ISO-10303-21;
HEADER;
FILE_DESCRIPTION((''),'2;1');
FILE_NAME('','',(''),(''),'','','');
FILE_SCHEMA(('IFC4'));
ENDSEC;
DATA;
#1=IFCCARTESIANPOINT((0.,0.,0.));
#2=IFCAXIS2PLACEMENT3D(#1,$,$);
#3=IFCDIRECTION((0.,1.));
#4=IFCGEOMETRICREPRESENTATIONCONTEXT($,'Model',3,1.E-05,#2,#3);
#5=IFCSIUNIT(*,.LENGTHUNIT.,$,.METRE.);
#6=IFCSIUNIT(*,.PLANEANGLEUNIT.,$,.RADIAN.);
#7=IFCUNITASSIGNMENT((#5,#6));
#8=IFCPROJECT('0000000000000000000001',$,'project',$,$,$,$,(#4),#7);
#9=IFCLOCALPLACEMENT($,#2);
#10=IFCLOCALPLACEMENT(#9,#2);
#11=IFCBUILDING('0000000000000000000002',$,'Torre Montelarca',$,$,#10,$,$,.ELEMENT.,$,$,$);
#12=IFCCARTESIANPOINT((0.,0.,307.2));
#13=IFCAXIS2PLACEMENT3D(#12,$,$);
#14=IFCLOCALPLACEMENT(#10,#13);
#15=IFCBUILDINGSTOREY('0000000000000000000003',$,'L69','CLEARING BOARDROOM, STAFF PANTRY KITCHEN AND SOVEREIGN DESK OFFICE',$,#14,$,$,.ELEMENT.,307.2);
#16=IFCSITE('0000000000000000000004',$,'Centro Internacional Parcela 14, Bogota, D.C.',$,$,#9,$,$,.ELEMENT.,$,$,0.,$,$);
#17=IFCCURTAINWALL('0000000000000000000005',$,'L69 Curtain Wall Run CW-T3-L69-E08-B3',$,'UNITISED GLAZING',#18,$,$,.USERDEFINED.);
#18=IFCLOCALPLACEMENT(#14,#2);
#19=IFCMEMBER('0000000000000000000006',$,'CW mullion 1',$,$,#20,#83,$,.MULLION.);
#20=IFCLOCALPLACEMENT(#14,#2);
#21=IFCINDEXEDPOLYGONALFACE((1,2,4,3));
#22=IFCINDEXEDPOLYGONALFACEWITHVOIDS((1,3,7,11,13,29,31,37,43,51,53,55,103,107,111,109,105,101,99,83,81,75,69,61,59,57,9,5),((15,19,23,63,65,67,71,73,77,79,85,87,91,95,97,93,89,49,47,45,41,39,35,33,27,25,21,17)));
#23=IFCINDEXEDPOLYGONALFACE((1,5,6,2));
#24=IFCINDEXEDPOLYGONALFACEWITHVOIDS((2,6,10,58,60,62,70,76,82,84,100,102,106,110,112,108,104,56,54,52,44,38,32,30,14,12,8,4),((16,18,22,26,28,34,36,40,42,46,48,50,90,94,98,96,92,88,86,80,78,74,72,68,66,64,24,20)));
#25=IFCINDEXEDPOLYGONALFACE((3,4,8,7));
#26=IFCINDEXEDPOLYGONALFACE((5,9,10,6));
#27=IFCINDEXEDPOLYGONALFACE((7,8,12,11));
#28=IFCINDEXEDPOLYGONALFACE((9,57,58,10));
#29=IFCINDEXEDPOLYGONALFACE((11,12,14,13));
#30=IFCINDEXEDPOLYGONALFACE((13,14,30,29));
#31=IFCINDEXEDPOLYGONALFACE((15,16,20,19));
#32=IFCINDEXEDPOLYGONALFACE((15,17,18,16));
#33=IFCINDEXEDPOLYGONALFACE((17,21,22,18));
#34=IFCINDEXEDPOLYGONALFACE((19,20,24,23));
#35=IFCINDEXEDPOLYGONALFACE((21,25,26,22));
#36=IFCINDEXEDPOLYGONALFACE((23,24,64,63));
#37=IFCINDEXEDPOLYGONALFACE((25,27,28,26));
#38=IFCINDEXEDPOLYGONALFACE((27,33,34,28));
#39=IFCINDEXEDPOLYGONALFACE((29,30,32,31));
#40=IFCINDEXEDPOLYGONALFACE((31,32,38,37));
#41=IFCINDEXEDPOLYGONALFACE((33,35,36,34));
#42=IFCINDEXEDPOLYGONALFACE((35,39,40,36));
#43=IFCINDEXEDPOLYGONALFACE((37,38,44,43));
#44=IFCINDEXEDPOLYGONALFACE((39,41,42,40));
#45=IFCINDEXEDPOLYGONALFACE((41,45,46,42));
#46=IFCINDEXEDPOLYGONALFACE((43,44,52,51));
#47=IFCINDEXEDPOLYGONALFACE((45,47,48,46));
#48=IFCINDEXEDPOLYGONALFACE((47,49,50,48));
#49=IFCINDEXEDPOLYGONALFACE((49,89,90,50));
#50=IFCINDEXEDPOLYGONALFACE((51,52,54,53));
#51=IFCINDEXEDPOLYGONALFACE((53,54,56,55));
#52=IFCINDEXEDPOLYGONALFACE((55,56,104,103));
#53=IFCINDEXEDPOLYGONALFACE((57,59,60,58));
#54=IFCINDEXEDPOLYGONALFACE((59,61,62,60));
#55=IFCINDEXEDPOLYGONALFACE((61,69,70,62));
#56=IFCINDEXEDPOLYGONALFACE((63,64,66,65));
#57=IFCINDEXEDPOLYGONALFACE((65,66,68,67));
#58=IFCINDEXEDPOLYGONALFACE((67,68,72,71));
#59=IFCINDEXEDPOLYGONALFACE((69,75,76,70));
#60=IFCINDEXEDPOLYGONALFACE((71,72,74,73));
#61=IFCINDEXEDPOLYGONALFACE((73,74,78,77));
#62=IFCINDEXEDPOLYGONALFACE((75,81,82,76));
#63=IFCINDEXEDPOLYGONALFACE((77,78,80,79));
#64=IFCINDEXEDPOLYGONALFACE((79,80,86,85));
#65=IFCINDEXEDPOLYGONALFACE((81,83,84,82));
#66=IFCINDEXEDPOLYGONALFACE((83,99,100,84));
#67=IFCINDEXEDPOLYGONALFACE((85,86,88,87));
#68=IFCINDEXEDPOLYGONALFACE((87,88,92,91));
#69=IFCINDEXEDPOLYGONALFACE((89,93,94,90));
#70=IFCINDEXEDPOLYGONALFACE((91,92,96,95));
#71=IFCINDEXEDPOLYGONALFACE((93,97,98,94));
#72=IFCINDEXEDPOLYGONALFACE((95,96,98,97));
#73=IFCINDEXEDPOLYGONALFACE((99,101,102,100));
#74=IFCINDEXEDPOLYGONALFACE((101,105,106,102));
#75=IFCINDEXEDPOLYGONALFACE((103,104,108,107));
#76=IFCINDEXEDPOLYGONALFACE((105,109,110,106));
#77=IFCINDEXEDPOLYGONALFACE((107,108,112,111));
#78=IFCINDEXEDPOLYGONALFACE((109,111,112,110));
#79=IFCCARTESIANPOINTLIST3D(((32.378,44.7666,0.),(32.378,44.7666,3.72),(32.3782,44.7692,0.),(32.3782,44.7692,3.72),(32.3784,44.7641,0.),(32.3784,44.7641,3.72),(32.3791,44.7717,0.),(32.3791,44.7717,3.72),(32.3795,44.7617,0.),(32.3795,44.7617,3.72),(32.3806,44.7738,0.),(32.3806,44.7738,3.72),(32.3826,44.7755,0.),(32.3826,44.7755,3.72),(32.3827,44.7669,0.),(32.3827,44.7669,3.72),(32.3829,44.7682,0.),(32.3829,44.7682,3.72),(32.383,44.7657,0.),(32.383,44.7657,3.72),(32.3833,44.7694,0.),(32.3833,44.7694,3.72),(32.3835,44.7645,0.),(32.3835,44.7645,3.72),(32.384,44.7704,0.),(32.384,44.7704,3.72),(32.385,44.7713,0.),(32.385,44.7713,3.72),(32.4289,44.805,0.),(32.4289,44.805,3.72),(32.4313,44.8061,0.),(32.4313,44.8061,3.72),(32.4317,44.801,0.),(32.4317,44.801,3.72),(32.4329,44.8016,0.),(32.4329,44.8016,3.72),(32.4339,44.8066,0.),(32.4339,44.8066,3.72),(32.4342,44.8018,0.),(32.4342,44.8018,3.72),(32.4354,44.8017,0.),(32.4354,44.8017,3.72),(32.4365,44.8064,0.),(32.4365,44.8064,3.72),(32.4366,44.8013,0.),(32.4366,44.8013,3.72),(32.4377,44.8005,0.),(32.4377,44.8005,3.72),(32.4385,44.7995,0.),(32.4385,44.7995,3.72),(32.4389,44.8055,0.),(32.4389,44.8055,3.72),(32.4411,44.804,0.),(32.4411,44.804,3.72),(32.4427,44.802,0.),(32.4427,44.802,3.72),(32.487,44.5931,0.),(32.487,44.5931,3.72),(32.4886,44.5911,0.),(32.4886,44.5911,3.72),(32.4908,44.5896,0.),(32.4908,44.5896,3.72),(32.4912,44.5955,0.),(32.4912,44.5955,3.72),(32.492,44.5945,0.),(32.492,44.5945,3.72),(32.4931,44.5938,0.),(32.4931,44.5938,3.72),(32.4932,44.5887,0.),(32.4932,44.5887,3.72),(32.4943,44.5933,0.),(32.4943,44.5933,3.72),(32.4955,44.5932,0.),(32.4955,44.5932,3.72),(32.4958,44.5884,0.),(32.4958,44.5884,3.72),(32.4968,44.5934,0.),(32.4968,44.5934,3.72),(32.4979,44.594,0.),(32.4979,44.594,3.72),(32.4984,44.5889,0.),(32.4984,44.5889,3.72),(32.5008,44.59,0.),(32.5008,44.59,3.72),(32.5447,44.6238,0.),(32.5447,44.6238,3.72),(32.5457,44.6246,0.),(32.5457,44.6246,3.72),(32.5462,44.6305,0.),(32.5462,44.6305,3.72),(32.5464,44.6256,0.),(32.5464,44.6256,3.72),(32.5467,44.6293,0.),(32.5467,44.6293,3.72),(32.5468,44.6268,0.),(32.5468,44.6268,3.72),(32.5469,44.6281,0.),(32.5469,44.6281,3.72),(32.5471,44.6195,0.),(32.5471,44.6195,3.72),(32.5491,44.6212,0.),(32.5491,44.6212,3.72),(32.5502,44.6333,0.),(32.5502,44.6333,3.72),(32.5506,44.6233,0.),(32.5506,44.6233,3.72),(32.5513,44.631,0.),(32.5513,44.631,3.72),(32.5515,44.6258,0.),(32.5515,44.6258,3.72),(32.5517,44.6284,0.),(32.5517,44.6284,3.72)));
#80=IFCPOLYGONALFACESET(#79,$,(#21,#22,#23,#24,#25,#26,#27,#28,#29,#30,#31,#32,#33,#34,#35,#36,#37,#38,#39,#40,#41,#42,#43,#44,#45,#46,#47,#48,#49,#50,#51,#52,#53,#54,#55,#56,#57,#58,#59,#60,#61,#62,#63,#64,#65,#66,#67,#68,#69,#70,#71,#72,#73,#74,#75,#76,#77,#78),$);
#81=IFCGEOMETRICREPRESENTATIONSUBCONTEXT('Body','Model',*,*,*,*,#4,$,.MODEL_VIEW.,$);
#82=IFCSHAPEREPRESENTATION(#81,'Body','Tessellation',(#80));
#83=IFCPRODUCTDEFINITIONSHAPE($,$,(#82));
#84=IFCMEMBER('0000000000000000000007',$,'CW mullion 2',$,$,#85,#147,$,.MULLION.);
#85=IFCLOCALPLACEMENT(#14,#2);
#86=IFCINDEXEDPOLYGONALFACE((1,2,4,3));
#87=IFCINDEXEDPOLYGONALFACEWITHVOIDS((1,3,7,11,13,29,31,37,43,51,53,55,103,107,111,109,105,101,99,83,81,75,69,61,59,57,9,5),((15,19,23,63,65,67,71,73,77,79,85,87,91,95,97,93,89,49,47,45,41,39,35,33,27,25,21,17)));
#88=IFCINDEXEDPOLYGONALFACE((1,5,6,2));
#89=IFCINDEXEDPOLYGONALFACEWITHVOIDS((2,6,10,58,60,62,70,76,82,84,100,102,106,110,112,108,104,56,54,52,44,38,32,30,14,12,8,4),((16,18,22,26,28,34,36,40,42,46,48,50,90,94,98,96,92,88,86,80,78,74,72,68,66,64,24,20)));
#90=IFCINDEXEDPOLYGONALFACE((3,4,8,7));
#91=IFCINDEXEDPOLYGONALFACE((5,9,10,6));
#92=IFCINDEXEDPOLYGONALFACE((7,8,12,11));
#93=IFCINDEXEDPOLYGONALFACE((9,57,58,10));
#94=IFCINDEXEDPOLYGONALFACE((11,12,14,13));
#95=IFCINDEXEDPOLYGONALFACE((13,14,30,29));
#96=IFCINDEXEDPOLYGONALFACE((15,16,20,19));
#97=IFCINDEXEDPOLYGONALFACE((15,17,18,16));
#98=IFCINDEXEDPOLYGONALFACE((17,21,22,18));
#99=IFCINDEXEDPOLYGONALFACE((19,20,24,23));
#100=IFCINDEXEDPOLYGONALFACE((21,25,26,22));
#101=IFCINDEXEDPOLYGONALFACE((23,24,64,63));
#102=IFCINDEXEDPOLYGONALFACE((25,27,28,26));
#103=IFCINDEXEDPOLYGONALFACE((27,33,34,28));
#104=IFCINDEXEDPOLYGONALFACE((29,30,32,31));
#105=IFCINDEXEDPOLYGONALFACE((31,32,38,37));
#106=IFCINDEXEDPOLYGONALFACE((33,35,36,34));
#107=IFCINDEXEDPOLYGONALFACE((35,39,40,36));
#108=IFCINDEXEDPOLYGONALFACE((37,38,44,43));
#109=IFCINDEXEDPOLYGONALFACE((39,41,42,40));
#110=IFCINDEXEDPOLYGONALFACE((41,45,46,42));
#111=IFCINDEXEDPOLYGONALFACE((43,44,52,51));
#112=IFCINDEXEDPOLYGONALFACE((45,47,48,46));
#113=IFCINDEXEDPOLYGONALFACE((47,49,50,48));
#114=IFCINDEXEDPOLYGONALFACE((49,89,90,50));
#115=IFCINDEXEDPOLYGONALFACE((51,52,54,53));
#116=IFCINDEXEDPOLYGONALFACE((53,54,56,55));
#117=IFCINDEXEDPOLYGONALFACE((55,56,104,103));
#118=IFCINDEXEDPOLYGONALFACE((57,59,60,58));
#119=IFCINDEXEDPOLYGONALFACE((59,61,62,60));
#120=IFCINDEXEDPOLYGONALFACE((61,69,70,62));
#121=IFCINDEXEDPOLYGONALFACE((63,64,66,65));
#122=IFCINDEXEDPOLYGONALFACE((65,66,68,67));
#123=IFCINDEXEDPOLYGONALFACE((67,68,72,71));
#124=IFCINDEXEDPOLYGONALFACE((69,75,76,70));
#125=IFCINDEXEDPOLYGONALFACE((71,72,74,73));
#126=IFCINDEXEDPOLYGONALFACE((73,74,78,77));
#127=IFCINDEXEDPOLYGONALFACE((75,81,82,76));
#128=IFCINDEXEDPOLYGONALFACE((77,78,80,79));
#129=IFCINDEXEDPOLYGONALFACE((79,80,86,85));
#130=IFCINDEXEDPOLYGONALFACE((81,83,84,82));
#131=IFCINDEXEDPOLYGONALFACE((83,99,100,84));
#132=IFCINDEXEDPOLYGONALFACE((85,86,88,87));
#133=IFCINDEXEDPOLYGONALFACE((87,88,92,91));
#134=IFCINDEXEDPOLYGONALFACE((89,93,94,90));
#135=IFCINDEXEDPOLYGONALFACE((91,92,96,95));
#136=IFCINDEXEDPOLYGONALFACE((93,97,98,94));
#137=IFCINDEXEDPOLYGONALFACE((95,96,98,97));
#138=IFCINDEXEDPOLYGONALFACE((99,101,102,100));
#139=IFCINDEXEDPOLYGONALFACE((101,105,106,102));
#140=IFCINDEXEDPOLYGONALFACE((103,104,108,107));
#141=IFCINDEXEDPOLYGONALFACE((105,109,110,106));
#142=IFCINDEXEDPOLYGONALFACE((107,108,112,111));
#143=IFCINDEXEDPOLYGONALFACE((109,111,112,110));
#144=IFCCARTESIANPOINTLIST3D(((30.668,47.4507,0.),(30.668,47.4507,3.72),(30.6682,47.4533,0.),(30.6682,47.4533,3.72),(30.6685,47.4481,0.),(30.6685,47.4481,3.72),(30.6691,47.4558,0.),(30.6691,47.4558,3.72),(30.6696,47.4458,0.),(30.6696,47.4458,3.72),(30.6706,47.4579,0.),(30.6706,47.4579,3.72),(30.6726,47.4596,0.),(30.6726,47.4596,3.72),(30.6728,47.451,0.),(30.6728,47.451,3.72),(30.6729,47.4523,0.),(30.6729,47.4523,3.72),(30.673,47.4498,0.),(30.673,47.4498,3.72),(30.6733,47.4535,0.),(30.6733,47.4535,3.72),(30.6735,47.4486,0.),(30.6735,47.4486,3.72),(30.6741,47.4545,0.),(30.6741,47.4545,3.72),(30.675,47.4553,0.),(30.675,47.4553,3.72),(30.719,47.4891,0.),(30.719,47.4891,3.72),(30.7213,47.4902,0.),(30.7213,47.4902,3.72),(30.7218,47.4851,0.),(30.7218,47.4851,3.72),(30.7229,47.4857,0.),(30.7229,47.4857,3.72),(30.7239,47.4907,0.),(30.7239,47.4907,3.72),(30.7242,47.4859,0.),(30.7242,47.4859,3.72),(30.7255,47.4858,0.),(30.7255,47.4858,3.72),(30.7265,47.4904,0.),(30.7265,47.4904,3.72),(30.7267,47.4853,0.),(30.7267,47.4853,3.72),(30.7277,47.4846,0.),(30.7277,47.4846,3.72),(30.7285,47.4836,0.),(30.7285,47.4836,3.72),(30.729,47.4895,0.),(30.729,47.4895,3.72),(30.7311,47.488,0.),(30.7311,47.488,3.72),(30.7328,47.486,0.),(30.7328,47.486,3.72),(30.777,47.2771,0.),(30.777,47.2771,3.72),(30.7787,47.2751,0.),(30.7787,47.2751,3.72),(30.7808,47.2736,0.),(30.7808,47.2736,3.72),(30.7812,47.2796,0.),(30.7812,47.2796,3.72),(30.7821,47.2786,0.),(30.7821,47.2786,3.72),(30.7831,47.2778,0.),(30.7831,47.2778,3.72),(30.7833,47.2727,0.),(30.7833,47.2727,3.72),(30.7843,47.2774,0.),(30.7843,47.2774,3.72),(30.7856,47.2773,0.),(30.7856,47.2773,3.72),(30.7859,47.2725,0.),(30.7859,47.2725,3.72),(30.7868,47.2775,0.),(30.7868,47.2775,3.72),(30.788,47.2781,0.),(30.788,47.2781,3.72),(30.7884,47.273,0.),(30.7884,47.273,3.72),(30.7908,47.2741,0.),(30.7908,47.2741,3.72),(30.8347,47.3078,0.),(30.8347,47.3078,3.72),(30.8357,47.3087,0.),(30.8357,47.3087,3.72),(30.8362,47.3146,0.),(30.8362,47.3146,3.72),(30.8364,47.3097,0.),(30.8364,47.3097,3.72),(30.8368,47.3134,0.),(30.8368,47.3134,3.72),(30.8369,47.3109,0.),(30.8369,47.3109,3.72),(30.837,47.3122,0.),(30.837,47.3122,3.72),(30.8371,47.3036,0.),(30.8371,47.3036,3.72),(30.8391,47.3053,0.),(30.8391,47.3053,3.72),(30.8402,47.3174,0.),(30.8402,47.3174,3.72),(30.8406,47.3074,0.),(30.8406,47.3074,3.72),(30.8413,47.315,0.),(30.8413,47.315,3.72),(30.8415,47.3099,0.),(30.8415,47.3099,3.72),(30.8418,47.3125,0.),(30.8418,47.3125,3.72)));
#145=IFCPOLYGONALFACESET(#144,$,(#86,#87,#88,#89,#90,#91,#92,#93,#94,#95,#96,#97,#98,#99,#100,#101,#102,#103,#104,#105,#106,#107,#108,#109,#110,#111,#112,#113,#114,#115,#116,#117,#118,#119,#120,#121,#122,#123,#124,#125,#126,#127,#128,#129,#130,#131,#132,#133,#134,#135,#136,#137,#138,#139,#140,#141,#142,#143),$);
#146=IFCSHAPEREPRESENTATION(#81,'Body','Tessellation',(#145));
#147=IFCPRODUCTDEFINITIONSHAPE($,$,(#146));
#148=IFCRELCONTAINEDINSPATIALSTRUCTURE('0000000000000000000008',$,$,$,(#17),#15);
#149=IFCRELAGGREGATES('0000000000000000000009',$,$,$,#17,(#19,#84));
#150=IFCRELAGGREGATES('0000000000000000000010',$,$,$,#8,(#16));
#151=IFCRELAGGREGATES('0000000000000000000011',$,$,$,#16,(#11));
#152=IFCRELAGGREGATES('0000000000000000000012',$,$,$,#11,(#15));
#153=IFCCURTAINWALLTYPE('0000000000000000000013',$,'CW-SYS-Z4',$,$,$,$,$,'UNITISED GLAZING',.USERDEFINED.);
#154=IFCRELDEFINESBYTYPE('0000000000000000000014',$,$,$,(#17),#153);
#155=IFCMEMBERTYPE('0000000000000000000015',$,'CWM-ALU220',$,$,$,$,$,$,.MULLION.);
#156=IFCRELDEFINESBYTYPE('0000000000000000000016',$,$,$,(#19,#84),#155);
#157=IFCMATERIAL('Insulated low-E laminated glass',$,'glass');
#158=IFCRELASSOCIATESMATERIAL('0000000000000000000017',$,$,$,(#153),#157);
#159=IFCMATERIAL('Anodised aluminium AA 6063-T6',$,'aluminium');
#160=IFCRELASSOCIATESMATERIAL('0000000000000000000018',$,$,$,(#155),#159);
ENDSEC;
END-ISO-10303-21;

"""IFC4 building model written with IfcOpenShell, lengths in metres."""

from ifc_helpers import new_model, si_unit, direction, frame, origin, origin_2d, place, context, subcontext, project, spatial, hollow_rectangle, extrude, source, transform, mapped, material, material_profile, profile_set, type_object, element, aggregate, save


model = new_model("IFC4")

# Units and contexts
model_context = context("Model", 3, precision=1e-05, world=origin(), true_north=direction((0.0, 1.0)))
body_context = subcontext(model_context, "Body", "Model", "MODEL_VIEW")
ifc_project = project(units=[si_unit("LENGTHUNIT", "METRE"), si_unit("PLANEANGLEUNIT", "RADIAN")], contexts=[model_context])

# Site, building, storey
site_placement = place(None, origin())
site = spatial("IfcSite", under=ifc_project, at=site_placement, Name="Centro Internacional Parcela 14, Bogota, D.C.", CompositionType="ELEMENT", RefElevation=0.0)
building_placement = place(site_placement, origin())
building = spatial("IfcBuilding", under=site, at=building_placement, Name="Torre Montelarca", CompositionType="ELEMENT")
storey_placement = place(building_placement, frame((0.0, 0.0, 307.2)))
storey = spatial("IfcBuildingStorey", under=building, at=storey_placement, Name="L69", Description="CLEARING BOARDROOM, STAFF PANTRY KITCHEN AND SOVEREIGN DESK OFFICE", CompositionType="ELEMENT", Elevation=307.2)

# Shared definitions
ifc_material_1 = material(Name="Insulated low-E laminated glass", Category="glass")
curtain_wall_type = type_object("IfcCurtainWallType", Name="CW-SYS-Z4", ElementType="UNITISED GLAZING", PredefinedType="USERDEFINED", material=ifc_material_1)
ifc_material_2 = material(Name="Anodised aluminium AA 6063-T6", Category="aluminium")
ifc_material_profile_1 = material_profile(ifc_material_2, hollow_rectangle(XDim=0.075, YDim=0.22, WallThickness=0.0049, InnerFilletRadius=0.0049, OuterFilletRadius=0.01, at=origin_2d()), Name="ALU75X220X5", Category="aluminium")
ifc_profile_set_1 = profile_set([ifc_material_profile_1], Name="Anodised aluminium AA 6063-T6")
member_type_1 = type_object("IfcMemberType", Name="CWM-ALU220", PredefinedType="MULLION", material=ifc_profile_set_1)
shared_shape_1 = source(origin(), body_context, "Body", "SweptSolid", [
    extrude(hollow_rectangle(XDim=0.075, YDim=0.22, WallThickness=0.0049, InnerFilletRadius=0.0049, OuterFilletRadius=0.01, at=origin_2d()), origin(), (0.0, 0.0, 1.0), 3.72),
])

# Curtain wall, members
curtain_wall_1_placement = place(storey_placement, origin())
curtain_wall_1 = element("IfcCurtainWall", 1, at=curtain_wall_1_placement, inside=storey, type_object=curtain_wall_type, Name="L69 Curtain Wall Run CW-T3-L69-E08-B3", ObjectType="UNITISED GLAZING", PredefinedType="USERDEFINED")
member_1_placement = place(storey_placement, frame((32.4648, 44.6975, 0.0), z_axis=(0.0, 0.0, 1.0), x_axis=(-0.84339, -0.537301, 0.0)))
member_1 = element("IfcMember", 2, at=member_1_placement, type_object=member_type_1, Name="CW mullion 1", PredefinedType="MULLION", context=body_context, shape_type="MappedRepresentation", body=[
    mapped(shared_shape_1, transform((0.0, 0.0, 0.0), scale=1.0)),
])
member_2_placement = place(storey_placement, frame((30.7549, 47.3816, 0.0), z_axis=(0.0, 0.0, 1.0), x_axis=(-0.84339, -0.537301, 0.0)))
member_2 = element("IfcMember", 3, at=member_2_placement, type_object=member_type_1, Name="CW mullion 2", PredefinedType="MULLION", context=body_context, shape_type="MappedRepresentation", body=[
    mapped(shared_shape_1, transform((0.0, 0.0, 0.0), scale=1.0)),
])

aggregate(curtain_wall_1, [member_1, member_2])

save(model, "model.ifc")
